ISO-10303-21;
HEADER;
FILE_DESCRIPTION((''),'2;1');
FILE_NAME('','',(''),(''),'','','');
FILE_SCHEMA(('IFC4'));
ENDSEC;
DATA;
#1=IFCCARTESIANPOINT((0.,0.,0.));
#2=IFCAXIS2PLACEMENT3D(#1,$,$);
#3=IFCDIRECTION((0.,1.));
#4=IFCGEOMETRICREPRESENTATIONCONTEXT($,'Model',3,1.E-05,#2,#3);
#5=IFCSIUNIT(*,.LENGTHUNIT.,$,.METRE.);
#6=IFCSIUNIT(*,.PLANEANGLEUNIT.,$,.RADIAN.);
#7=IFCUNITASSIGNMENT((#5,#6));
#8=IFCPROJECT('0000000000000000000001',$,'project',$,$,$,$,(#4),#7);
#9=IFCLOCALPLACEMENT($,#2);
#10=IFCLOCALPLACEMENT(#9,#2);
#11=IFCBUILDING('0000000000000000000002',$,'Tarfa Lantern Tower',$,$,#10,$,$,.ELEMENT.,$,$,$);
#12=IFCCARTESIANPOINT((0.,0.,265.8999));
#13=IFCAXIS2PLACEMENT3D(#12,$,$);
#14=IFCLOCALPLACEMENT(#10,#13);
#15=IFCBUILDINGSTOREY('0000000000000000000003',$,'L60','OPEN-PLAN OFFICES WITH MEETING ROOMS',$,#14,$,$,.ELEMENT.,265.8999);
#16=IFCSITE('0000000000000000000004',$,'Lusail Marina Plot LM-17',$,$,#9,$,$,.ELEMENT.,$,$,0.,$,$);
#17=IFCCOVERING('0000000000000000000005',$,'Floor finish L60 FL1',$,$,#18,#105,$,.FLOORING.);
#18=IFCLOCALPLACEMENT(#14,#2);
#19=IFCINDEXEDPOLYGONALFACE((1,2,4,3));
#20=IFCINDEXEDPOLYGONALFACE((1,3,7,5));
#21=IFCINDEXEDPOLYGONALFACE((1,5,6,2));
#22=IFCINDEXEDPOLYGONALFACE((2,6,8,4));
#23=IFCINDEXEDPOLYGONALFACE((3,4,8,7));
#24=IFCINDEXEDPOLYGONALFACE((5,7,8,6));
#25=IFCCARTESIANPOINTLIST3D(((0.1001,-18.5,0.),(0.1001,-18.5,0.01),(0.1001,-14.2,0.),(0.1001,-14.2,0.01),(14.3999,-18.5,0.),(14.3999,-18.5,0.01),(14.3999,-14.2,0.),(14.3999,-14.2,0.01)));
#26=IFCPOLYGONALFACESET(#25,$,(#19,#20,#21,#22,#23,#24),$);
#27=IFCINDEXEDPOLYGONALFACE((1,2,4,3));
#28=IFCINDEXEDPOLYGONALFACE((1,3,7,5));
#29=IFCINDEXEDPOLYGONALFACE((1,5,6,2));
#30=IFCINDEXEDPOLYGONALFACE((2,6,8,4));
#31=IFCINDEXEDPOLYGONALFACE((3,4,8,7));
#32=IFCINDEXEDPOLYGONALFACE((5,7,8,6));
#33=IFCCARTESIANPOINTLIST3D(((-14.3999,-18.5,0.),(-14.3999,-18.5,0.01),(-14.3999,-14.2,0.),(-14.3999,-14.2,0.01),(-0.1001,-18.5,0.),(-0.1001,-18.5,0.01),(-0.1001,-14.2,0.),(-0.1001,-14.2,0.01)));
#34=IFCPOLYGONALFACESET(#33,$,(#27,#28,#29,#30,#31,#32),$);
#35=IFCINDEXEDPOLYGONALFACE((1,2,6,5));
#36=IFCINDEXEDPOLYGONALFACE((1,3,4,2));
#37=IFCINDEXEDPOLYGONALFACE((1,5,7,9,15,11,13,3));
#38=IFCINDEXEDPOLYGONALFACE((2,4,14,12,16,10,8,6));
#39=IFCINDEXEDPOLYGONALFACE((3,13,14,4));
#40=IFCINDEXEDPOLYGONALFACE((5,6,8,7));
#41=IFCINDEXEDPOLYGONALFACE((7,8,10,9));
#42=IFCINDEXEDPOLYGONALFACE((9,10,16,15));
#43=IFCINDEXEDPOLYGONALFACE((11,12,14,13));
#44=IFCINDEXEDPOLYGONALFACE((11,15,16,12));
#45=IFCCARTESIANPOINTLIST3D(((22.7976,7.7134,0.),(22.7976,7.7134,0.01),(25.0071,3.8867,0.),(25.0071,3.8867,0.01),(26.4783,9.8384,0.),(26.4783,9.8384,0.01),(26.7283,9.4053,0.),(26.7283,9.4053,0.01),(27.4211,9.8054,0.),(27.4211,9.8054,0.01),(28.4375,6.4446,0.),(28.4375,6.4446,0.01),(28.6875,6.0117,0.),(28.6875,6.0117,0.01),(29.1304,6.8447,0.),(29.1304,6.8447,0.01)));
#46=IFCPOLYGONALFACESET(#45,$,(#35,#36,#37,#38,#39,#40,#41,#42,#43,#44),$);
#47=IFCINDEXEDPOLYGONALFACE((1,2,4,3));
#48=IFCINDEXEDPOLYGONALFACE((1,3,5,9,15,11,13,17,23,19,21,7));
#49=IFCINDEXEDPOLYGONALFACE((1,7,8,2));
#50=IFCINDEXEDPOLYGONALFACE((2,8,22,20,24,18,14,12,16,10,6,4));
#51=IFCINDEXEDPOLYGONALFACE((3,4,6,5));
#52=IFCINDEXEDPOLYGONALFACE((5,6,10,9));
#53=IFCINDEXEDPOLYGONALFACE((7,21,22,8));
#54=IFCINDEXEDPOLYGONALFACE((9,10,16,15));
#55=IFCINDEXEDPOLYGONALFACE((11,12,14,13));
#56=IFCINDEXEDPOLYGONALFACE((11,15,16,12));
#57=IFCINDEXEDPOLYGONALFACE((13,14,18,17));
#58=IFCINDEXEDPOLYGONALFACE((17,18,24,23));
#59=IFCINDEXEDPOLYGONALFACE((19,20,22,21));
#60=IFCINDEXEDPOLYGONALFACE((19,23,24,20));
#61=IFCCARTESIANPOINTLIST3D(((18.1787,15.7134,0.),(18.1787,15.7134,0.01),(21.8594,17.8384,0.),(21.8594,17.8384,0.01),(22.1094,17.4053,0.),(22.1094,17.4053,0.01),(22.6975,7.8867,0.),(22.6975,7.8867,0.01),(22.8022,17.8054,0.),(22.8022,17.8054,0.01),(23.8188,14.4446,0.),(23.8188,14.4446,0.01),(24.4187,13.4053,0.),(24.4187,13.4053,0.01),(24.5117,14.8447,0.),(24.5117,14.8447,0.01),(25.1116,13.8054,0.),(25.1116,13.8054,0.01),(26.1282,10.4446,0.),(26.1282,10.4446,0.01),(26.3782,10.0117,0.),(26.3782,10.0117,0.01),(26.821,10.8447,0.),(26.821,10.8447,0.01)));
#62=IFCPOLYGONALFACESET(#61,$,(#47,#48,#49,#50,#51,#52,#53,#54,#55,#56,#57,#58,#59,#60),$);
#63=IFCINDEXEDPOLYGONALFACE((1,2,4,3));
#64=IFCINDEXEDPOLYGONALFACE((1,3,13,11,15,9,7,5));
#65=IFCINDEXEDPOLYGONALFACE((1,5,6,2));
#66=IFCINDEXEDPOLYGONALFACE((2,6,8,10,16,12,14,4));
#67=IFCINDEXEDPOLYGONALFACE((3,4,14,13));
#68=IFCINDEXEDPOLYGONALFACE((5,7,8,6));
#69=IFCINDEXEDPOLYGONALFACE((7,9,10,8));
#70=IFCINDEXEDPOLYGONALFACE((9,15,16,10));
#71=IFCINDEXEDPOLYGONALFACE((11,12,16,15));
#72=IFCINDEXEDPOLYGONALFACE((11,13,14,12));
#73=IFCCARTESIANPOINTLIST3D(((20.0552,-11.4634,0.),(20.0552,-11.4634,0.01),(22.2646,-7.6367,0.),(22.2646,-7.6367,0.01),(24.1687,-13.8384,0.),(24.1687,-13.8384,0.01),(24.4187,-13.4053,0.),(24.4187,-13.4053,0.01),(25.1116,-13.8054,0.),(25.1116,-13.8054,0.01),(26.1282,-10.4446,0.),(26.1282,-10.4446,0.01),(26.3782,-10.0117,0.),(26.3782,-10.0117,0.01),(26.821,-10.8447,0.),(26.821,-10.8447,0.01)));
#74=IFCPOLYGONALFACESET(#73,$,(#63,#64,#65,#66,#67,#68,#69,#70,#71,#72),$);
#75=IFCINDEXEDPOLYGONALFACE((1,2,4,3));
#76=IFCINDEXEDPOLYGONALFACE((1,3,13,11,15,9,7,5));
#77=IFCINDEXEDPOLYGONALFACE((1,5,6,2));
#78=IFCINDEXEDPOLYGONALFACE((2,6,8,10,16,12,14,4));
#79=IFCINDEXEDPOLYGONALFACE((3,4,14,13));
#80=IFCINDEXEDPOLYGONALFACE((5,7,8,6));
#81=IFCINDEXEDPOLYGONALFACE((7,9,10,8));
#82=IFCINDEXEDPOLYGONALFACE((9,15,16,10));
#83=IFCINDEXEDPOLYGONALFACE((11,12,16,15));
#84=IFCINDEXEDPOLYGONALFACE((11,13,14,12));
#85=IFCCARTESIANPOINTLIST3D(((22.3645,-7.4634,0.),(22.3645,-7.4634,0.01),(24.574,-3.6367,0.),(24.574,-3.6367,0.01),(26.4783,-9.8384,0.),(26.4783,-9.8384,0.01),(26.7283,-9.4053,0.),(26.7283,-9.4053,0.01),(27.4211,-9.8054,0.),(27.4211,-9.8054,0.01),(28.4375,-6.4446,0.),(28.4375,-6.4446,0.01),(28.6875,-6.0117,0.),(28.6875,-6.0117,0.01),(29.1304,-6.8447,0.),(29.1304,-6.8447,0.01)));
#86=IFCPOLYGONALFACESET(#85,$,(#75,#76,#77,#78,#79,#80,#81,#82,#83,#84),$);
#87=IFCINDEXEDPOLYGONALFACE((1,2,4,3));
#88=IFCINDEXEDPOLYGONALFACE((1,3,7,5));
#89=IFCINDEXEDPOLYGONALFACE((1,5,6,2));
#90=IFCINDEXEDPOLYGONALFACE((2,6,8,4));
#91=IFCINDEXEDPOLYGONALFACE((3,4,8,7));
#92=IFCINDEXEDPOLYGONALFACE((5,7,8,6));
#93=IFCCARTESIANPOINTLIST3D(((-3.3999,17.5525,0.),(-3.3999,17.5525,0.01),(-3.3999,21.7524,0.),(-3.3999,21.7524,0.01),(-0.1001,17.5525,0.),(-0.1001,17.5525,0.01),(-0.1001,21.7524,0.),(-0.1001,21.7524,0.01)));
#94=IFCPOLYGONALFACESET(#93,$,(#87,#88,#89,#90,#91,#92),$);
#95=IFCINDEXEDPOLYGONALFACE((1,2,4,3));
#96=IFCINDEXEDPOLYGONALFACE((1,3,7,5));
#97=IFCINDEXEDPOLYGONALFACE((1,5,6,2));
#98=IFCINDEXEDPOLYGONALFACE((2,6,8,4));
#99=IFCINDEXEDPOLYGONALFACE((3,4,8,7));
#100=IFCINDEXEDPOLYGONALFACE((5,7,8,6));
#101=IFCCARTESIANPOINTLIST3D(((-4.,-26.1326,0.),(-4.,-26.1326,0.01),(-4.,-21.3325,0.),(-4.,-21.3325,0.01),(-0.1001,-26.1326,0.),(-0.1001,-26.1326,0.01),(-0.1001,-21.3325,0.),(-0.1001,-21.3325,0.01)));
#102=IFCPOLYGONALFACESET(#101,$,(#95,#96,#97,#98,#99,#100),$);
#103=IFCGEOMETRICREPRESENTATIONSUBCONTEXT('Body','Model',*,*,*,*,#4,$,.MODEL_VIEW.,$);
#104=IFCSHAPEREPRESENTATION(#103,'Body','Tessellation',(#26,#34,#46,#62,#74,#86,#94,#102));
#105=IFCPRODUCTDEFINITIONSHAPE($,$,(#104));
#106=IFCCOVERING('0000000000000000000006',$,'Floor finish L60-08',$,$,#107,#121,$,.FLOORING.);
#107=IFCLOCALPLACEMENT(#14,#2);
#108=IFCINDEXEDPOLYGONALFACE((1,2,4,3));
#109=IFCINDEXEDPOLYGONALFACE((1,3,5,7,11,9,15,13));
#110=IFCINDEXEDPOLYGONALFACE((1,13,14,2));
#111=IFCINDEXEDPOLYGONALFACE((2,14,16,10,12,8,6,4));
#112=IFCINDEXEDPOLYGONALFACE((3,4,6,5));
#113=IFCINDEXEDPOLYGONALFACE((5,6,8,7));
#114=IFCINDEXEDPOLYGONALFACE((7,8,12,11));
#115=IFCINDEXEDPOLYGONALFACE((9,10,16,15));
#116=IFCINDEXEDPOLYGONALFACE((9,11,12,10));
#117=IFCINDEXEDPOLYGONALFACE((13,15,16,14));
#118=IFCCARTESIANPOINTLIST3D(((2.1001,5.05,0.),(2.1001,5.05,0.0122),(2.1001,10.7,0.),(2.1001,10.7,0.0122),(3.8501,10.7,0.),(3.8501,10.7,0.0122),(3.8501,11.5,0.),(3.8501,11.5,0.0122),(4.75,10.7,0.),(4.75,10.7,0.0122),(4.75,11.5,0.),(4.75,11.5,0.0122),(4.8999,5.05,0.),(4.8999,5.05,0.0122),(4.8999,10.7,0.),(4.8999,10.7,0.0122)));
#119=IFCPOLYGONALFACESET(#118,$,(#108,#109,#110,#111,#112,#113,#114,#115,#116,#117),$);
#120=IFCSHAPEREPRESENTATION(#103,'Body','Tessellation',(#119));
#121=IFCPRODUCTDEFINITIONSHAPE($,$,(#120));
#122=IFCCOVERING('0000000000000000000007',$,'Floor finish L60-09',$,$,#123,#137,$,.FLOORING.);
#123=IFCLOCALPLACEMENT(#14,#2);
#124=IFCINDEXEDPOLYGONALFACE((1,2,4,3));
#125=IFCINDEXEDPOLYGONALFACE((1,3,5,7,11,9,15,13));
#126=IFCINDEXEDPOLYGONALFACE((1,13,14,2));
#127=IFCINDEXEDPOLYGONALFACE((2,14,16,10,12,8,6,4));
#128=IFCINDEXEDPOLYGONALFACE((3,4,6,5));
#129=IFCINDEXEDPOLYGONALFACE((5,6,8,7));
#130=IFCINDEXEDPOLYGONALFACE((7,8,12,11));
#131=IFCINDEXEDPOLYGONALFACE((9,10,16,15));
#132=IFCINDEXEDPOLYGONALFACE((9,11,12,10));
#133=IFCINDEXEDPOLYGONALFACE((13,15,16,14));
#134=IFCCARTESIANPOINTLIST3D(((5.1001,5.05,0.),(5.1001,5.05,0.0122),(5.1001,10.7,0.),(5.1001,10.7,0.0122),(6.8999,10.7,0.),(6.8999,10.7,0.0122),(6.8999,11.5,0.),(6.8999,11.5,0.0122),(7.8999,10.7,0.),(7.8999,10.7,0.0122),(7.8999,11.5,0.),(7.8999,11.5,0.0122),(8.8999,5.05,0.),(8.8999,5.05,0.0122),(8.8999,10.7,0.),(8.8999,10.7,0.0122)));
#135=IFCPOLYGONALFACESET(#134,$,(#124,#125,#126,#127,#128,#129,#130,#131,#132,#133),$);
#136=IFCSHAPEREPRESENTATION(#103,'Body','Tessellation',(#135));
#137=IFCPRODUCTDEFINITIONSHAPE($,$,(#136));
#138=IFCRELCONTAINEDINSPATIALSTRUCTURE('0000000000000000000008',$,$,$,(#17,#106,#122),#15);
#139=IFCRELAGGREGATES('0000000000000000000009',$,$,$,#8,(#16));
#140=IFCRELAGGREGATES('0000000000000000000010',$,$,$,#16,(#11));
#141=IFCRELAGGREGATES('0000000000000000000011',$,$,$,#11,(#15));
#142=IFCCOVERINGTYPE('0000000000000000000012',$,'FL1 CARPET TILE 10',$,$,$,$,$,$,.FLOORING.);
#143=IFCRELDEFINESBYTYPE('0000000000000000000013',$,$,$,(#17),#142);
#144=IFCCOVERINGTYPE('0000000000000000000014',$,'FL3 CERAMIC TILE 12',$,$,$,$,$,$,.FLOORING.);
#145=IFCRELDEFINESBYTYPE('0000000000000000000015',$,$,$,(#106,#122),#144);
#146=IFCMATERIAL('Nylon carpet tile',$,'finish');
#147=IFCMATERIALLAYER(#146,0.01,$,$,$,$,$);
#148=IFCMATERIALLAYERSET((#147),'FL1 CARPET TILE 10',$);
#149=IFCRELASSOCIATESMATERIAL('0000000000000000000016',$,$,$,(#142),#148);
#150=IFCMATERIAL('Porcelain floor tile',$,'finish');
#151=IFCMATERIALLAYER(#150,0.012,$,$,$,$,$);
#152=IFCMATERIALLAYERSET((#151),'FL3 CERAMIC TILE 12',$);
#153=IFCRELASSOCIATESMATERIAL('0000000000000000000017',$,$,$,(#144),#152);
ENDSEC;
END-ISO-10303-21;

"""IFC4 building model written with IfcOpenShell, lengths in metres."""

from ifc_helpers import new_model, si_unit, direction, frame, origin, place, context, subcontext, project, spatial, polyline, outline, extrude, material, layer, layer_set, type_object, element, save


model = new_model("IFC4")

# Units and contexts
model_context = context("Model", 3, precision=1e-05, world=origin(), true_north=direction((0.0, 1.0)))
body_context = subcontext(model_context, "Body", "Model", "MODEL_VIEW")
ifc_project = project(units=[si_unit("LENGTHUNIT", "METRE"), si_unit("PLANEANGLEUNIT", "RADIAN")], contexts=[model_context])

# Site, building, storey
site_placement = place(None, origin())
site = spatial("IfcSite", under=ifc_project, at=site_placement, Name="Lusail Marina Plot LM-17", CompositionType="ELEMENT", RefElevation=0.0)
building_placement = place(site_placement, origin())
building = spatial("IfcBuilding", under=site, at=building_placement, Name="Tarfa Lantern Tower", CompositionType="ELEMENT")
storey_placement = place(building_placement, frame((0.0, 0.0, 265.8999)))
storey = spatial("IfcBuildingStorey", under=building, at=storey_placement, Name="L60", Description="OPEN-PLAN OFFICES WITH MEETING ROOMS", CompositionType="ELEMENT", Elevation=265.8999)

# Coverings
ifc_material_1 = material(Name="Nylon carpet tile", Category="finish")
ifc_layer_1 = layer(ifc_material_1, 0.01)
ifc_layer_set_1 = layer_set([ifc_layer_1], Name="FL1 CARPET TILE 10")
covering_type_1 = type_object("IfcCoveringType", Name="FL1 CARPET TILE 10", PredefinedType="FLOORING", material=ifc_layer_set_1)
covering_1_placement = place(storey_placement, origin())
element("IfcCovering", 1, at=covering_1_placement, inside=storey, type_object=covering_type_1, Name="Floor finish L60 FL1", PredefinedType="FLOORING", context=body_context, shape_type="SweptSolid", body=[
    extrude(outline(polyline([(0.1001, -14.2), (14.3999, -14.2), (14.3999, -18.5), (0.1001, -18.5), (0.1001, -14.2)])), origin(), (0.0, 0.0, 1.0), 0.01),
    extrude(outline(polyline([(-14.3999, -14.2), (-0.1001, -14.2), (-0.1001, -18.5), (-14.3999, -18.5), (-14.3999, -14.2)])), origin(), (0.0, 0.0, 1.0), 0.01),
    extrude(outline(polyline([(22.7976, 7.7134), (26.4783, 9.8384), (26.7283, 9.4053), (27.4211, 9.8054), (29.1304, 6.8447), (28.4375, 6.4446), (28.6875, 6.0117), (25.0071, 3.8867), (22.7976, 7.7134)])), origin(), (0.0, 0.0, 1.0), 0.01),
    extrude(outline(polyline([(18.1787, 15.7134), (21.8594, 17.8384), (22.1094, 17.4053), (22.8022, 17.8054), (24.5117, 14.8447), (23.8188, 14.4446), (24.4187, 13.4053), (25.1116, 13.8054), (26.821, 10.8447), (26.1282, 10.4446), (26.3782, 10.0117), (22.6975, 7.8867), (18.1787, 15.7134)])), origin(), (0.0, 0.0, 1.0), 0.01),
    extrude(outline(polyline([(22.2646, -7.6367), (26.3782, -10.0117), (26.1282, -10.4446), (26.821, -10.8447), (25.1116, -13.8054), (24.4187, -13.4053), (24.1687, -13.8384), (20.0552, -11.4634), (22.2646, -7.6367)])), origin(), (0.0, 0.0, 1.0), 0.01),
    extrude(outline(polyline([(24.574, -3.6367), (28.6875, -6.0117), (28.4375, -6.4446), (29.1304, -6.8447), (27.4211, -9.8054), (26.7283, -9.4053), (26.4783, -9.8384), (22.3645, -7.4634), (24.574, -3.6367)])), origin(), (0.0, 0.0, 1.0), 0.01),
    extrude(outline(polyline([(-3.3999, 21.7524), (-0.1001, 21.7524), (-0.1001, 17.5525), (-3.3999, 17.5525), (-3.3999, 21.7524)])), origin(), (0.0, 0.0, 1.0), 0.01),
    extrude(outline(polyline([(-4.0, -26.1326), (-4.0, -21.3325), (-0.1001, -21.3325), (-0.1001, -26.1326), (-4.0, -26.1326)])), origin(), (0.0, 0.0, 1.0), 0.01),
])
ifc_material_2 = material(Name="Porcelain floor tile", Category="finish")
ifc_layer_2 = layer(ifc_material_2, 0.012)
ifc_layer_set_2 = layer_set([ifc_layer_2], Name="FL3 CERAMIC TILE 12")
covering_type_2 = type_object("IfcCoveringType", Name="FL3 CERAMIC TILE 12", PredefinedType="FLOORING", material=ifc_layer_set_2)
covering_2_placement = place(storey_placement, origin())
element("IfcCovering", 2, at=covering_2_placement, inside=storey, type_object=covering_type_2, Name="Floor finish L60-08", PredefinedType="FLOORING", context=body_context, shape_type="SweptSolid", body=[
    extrude(outline(polyline([(2.1001, 5.05), (4.8999, 5.05), (4.8999, 10.7), (4.75, 10.7), (4.75, 11.5), (3.8501, 11.5), (3.8501, 10.7), (2.1001, 10.7), (2.1001, 5.05)])), origin(), (0.0, 0.0, 1.0), 0.0122),
])
covering_3_placement = place(storey_placement, origin())
element("IfcCovering", 3, at=covering_3_placement, inside=storey, type_object=covering_type_2, Name="Floor finish L60-09", PredefinedType="FLOORING", context=body_context, shape_type="SweptSolid", body=[
    extrude(outline(polyline([(5.1001, 5.05), (8.8999, 5.05), (8.8999, 10.7), (7.8999, 10.7), (7.8999, 11.5), (6.8999, 11.5), (6.8999, 10.7), (5.1001, 10.7), (5.1001, 5.05)])), origin(), (0.0, 0.0, 1.0), 0.0122),
])

save(model, "model.ifc")
